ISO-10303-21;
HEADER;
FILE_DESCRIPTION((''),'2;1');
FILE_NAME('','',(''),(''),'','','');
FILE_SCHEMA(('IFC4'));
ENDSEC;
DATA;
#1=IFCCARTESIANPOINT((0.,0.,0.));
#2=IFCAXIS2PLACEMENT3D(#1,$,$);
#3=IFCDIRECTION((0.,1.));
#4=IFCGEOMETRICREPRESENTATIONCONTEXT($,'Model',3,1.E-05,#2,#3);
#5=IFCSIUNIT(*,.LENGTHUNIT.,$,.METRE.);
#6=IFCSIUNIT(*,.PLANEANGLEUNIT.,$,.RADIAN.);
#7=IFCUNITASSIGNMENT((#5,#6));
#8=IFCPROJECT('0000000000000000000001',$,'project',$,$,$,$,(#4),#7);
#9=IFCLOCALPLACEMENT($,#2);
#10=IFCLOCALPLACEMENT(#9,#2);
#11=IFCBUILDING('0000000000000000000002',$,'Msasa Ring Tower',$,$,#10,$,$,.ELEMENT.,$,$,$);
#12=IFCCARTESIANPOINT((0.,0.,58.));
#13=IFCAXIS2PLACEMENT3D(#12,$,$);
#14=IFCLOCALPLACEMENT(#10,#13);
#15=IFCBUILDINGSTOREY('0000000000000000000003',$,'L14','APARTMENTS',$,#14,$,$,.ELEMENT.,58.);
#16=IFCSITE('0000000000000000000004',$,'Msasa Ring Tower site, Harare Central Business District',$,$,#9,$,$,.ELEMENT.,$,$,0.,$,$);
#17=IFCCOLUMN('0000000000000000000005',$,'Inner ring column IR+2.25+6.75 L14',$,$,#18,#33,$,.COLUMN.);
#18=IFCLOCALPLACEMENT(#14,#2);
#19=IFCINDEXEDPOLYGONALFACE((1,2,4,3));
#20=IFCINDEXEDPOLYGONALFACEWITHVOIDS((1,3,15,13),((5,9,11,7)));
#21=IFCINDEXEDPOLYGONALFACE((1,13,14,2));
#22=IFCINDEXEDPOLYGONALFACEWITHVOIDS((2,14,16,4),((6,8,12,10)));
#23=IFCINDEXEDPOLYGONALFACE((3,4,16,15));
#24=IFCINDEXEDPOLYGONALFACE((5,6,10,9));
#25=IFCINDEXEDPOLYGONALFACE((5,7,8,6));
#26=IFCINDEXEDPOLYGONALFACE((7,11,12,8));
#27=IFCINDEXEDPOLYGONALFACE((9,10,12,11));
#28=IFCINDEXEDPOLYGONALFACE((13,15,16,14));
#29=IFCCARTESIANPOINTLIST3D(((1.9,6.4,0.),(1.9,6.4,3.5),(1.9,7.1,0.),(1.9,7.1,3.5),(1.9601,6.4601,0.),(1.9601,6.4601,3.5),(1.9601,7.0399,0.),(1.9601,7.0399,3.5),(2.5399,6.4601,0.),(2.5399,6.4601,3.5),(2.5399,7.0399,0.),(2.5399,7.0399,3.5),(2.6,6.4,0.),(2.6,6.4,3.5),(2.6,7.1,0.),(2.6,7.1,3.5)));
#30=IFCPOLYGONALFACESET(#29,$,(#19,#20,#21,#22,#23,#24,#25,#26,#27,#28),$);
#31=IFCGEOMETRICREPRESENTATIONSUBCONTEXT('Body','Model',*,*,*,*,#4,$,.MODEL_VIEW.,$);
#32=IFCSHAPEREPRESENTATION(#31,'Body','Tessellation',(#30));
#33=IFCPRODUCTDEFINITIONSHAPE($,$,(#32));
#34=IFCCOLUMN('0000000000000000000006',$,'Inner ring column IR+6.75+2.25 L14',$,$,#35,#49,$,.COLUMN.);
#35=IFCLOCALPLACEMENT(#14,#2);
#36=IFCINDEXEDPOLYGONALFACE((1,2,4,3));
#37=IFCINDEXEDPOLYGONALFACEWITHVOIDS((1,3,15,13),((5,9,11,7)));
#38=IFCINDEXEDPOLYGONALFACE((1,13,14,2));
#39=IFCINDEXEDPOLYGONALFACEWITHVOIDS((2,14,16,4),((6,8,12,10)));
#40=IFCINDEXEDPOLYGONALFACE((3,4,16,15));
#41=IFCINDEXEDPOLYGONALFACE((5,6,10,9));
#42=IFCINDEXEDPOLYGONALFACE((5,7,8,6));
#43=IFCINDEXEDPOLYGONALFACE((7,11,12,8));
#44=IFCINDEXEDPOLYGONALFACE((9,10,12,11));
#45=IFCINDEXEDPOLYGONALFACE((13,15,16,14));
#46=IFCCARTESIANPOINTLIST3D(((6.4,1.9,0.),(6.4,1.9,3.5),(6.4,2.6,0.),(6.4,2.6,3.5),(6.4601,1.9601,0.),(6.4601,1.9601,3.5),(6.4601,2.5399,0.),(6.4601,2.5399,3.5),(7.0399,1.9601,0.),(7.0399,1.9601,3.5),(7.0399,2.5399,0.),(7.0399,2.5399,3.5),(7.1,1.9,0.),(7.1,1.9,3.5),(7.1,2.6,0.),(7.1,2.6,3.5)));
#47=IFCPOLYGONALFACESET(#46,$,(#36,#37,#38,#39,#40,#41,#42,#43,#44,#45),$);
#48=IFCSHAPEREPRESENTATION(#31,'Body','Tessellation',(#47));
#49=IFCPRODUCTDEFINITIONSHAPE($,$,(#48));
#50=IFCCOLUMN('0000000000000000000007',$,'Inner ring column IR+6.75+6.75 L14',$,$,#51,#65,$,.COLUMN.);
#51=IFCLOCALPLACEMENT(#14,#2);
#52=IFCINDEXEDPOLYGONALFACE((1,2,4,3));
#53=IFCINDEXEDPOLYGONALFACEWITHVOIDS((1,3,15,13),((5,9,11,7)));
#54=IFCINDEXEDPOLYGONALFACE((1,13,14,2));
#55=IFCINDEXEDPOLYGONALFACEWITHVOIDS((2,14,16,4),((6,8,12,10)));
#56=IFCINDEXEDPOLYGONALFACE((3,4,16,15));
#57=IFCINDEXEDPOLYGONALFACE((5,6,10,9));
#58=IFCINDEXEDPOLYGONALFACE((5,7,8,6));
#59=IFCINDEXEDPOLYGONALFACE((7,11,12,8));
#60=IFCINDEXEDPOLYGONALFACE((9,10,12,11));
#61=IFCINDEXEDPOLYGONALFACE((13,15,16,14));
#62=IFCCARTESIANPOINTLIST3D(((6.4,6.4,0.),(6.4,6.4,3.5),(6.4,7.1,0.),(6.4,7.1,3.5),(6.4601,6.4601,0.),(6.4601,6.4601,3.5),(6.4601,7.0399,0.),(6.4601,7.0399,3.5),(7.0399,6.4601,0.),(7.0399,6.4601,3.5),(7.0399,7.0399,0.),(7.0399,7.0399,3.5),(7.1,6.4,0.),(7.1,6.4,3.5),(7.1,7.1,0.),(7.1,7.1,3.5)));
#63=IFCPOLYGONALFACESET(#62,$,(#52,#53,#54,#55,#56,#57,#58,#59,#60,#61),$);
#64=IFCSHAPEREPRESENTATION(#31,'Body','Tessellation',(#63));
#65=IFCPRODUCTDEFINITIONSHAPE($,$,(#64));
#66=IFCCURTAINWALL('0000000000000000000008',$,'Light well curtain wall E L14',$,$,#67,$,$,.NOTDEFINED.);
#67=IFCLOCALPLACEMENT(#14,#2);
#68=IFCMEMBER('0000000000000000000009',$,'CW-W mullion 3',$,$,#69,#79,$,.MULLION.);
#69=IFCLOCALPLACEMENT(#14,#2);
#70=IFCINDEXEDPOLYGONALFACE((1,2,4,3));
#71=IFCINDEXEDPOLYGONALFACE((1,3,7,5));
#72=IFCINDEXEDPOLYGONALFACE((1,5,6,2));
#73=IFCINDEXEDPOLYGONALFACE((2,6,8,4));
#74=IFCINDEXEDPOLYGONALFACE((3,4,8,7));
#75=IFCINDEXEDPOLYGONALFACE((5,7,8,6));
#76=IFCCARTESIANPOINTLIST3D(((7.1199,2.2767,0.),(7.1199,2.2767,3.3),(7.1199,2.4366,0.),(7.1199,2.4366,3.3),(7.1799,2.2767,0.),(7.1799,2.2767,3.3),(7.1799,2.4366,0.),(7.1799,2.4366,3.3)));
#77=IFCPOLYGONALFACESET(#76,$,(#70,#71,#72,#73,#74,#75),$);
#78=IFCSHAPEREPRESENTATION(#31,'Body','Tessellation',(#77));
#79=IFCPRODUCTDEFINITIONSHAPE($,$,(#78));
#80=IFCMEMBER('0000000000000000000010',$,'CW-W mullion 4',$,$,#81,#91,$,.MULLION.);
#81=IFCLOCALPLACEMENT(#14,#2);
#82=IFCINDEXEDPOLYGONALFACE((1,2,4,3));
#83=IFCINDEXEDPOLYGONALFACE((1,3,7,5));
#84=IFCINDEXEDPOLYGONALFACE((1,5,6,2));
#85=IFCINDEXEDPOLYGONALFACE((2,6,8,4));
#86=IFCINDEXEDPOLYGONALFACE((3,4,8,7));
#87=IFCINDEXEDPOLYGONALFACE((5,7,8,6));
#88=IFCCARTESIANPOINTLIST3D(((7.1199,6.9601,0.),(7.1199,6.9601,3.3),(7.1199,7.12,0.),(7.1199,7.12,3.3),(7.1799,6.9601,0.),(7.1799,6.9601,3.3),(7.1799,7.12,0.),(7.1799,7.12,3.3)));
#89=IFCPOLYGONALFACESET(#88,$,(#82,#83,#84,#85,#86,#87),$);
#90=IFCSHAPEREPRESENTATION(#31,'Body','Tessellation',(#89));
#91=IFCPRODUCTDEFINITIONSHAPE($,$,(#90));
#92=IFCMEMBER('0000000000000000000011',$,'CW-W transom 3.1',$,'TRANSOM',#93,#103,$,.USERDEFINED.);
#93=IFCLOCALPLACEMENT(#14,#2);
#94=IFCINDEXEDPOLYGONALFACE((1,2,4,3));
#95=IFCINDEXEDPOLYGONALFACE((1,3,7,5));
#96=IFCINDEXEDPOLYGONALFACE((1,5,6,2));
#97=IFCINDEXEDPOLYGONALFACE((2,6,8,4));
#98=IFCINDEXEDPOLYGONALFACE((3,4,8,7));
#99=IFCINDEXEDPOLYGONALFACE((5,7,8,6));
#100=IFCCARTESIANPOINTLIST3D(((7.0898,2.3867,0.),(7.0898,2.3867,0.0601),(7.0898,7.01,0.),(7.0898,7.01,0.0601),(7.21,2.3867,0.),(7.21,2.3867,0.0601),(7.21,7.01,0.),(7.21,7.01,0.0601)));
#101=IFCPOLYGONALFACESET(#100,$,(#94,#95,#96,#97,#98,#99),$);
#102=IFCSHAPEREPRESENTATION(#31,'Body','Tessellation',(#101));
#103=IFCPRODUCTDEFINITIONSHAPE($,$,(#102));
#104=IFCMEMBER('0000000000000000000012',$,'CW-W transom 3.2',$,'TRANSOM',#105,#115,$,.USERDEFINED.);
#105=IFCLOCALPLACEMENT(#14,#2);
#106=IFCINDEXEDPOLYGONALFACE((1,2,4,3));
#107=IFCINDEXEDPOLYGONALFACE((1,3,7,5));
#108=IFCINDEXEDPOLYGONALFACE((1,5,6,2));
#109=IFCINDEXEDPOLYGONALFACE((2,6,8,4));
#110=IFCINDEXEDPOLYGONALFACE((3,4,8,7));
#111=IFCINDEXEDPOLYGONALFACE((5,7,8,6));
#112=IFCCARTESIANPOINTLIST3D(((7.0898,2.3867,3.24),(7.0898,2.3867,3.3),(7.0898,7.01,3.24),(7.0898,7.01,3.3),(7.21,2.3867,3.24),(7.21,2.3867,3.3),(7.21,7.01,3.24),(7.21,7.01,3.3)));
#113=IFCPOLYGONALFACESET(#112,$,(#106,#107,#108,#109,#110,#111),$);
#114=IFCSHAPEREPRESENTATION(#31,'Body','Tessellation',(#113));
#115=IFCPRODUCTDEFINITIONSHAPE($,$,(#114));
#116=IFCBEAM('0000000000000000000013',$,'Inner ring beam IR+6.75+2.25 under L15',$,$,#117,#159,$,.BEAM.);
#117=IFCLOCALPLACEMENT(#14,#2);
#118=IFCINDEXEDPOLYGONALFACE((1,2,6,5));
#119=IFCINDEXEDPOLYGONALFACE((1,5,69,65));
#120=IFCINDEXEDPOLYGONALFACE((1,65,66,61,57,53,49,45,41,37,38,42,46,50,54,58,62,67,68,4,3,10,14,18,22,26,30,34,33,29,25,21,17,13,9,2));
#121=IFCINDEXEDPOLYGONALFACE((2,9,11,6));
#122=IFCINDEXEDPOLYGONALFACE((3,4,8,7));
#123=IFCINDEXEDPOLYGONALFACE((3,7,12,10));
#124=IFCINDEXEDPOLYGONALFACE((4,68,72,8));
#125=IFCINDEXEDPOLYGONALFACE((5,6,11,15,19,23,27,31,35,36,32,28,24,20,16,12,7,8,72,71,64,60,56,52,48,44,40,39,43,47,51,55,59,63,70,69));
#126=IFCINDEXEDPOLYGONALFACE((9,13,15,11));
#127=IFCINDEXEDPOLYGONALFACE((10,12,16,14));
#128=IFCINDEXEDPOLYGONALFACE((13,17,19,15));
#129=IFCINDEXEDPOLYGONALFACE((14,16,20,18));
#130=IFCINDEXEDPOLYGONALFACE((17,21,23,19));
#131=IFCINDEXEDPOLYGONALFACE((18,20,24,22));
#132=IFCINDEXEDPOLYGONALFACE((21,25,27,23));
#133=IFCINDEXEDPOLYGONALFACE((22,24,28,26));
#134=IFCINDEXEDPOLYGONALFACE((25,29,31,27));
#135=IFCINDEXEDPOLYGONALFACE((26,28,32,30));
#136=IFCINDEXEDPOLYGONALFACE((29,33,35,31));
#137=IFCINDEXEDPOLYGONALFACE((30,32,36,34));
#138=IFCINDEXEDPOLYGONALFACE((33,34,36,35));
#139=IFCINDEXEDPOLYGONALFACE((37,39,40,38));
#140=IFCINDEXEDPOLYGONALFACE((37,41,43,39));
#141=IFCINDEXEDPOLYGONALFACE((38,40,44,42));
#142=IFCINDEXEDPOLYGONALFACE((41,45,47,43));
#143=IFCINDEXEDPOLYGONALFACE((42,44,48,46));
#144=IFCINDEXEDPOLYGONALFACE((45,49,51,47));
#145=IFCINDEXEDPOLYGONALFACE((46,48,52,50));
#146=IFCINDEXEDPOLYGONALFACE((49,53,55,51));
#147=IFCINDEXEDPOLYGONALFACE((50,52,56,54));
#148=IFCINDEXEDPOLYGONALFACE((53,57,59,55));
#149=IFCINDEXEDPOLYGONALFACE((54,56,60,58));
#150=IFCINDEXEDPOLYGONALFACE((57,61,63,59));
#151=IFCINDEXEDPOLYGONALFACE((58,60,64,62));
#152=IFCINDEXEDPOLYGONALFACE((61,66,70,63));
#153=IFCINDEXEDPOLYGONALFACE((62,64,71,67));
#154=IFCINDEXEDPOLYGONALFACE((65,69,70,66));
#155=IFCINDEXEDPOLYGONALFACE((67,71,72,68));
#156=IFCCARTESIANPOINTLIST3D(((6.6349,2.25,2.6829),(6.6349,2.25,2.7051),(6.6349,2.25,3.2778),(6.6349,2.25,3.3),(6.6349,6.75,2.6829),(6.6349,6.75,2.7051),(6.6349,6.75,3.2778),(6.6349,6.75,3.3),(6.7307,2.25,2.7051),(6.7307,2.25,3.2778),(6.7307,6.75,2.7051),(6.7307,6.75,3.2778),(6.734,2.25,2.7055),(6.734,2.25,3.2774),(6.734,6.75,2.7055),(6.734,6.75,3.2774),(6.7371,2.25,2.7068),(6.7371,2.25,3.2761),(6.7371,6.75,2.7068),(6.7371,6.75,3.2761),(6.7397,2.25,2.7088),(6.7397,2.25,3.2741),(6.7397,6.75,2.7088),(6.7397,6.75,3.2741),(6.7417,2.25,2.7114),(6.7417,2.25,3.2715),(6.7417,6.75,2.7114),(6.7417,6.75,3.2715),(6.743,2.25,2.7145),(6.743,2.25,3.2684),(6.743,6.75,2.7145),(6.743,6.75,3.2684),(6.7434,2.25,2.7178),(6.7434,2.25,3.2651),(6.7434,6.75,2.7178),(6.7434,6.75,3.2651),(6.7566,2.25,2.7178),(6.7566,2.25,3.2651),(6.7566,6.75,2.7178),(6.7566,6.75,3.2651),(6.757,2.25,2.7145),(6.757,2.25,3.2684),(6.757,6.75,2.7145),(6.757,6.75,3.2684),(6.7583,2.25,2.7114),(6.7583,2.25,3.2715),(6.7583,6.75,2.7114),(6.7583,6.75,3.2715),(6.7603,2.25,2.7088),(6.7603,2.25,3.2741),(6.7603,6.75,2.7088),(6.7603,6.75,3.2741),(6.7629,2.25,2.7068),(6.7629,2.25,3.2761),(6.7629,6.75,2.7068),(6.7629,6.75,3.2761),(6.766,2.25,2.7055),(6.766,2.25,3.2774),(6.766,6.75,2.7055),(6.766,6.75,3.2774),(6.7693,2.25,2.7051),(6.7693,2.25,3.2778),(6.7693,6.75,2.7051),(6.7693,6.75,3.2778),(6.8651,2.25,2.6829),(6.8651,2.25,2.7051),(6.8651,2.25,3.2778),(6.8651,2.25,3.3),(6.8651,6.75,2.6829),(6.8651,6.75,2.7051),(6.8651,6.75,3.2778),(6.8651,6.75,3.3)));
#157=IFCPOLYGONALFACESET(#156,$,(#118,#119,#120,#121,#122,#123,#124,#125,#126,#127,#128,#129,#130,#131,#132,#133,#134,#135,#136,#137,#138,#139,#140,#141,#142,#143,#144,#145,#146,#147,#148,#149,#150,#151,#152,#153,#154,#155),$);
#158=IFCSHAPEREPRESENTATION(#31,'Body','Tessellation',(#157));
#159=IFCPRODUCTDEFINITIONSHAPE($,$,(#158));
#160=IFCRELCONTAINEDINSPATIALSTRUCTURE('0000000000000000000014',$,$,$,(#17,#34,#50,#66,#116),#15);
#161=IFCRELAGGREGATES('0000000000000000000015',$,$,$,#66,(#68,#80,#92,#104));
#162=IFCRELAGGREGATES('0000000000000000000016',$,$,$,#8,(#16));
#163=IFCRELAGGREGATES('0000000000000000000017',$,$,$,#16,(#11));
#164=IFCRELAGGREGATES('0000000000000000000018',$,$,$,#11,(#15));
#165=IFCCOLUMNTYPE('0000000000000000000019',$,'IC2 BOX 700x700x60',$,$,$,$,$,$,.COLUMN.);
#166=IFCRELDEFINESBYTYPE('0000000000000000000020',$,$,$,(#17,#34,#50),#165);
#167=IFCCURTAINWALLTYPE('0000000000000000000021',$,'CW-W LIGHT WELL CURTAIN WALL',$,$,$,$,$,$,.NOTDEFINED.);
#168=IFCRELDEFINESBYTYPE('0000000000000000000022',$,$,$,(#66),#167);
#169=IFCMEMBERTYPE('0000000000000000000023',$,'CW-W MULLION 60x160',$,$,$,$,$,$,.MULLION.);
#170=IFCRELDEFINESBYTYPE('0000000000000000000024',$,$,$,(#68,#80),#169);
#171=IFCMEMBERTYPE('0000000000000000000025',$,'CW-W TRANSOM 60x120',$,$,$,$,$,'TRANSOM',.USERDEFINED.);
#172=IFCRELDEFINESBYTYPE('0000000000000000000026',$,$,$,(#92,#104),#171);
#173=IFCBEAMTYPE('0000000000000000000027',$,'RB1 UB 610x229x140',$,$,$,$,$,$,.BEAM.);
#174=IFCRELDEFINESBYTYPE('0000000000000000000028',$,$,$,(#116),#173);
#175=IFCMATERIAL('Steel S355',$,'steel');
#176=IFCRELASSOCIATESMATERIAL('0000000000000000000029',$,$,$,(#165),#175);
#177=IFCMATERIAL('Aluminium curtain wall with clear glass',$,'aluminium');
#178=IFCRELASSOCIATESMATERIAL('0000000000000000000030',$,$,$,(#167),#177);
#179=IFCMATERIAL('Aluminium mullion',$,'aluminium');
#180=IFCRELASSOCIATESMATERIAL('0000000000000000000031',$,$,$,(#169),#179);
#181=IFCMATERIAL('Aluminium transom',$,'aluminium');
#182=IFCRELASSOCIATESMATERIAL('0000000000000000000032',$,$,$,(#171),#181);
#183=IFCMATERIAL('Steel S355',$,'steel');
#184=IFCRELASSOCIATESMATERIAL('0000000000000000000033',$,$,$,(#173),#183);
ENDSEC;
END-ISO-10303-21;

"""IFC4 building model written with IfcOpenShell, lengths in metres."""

from ifc_helpers import new_model, si_unit, direction, frame, origin, origin_2d, place, context, subcontext, project, spatial, rectangle, hollow_rectangle, i_section, extrude, material, material_profile, profile_set, type_object, element, aggregate, save


model = new_model("IFC4")

# Units and contexts
model_context = context("Model", 3, precision=1e-05, world=origin(), true_north=direction((0.0, 1.0)))
body_context = subcontext(model_context, "Body", "Model", "MODEL_VIEW")
ifc_project = project(units=[si_unit("LENGTHUNIT", "METRE"), si_unit("PLANEANGLEUNIT", "RADIAN")], contexts=[model_context])

# Site, building, storey
site_placement = place(None, origin())
site = spatial("IfcSite", under=ifc_project, at=site_placement, Name="Msasa Ring Tower site, Harare Central Business District", CompositionType="ELEMENT", RefElevation=0.0)
building_placement = place(site_placement, origin())
building = spatial("IfcBuilding", under=site, at=building_placement, Name="Msasa Ring Tower", CompositionType="ELEMENT")
storey_placement = place(building_placement, frame((0.0, 0.0, 58.0)))
storey = spatial("IfcBuildingStorey", under=building, at=storey_placement, Name="L14", Description="APARTMENTS", CompositionType="ELEMENT", Elevation=58.0)

# Columns
ifc_material_1 = material(Name="Steel S355", Category="steel")
ifc_material_profile_1 = material_profile(ifc_material_1, hollow_rectangle(XDim=0.7, YDim=0.7, WallThickness=0.0601, at=origin_2d()), Name="BOX 700x700x60")
ifc_profile_set_1 = profile_set([ifc_material_profile_1], Name="Steel S355")
column_type = type_object("IfcColumnType", Name="IC2 BOX 700x700x60", PredefinedType="COLUMN", material=ifc_profile_set_1)
for number, where, z_axis, x_axis, name in (
    (1, (2.25, 6.75, 0.0), (0.0, 0.0, 1.0), (1.0, 0.0, 0.0), "Inner ring column IR+2.25+6.75 L14"),
    (2, (6.75, 2.25, 0.0), (0.0, 0.0, 1.0), (1.0, 0.0, 0.0), "Inner ring column IR+6.75+2.25 L14"),
    (3, (6.75, 6.75, 0.0), (0.0, 0.0, 1.0), (1.0, 0.0, 0.0), "Inner ring column IR+6.75+6.75 L14"),
):
    element("IfcColumn", number, at=place(storey_placement, frame(where, z_axis=z_axis, x_axis=x_axis)), inside=storey, type_object=column_type, Name=name, PredefinedType="COLUMN", context=body_context, shape_type="SweptSolid", body=[
        extrude(hollow_rectangle(XDim=0.7, YDim=0.7, WallThickness=0.0601, at=origin_2d()), origin(), (0.0, 0.0, 1.0), 3.5),
    ])

# Curtain wall, members
ifc_material_2 = material(Name="Aluminium curtain wall with clear glass", Category="aluminium")
curtain_wall_type = type_object("IfcCurtainWallType", Name="CW-W LIGHT WELL CURTAIN WALL", PredefinedType="NOTDEFINED", material=ifc_material_2)
curtain_wall_placement = place(storey_placement, origin())
curtain_wall = element("IfcCurtainWall", 4, at=curtain_wall_placement, inside=storey, type_object=curtain_wall_type, Name="Light well curtain wall E L14", PredefinedType="NOTDEFINED")
ifc_material_3 = material(Name="Aluminium mullion", Category="aluminium")
ifc_material_profile_2 = material_profile(ifc_material_3, rectangle(XDim=0.0601, YDim=0.1599, at=origin_2d()), Name="AL 60x160")
ifc_profile_set_2 = profile_set([ifc_material_profile_2], Name="Aluminium mullion")
member_type_1 = type_object("IfcMemberType", Name="CW-W MULLION 60x160", PredefinedType="MULLION", material=ifc_profile_set_2)
member_1_placement = place(storey_placement, frame((7.1499, 2.3567, 0.0), z_axis=(0.0, 0.0, 1.0), x_axis=(-1.0, 0.0, 0.0)))
member_1 = element("IfcMember", 5, at=member_1_placement, type_object=member_type_1, Name="CW-W mullion 3", PredefinedType="MULLION", context=body_context, shape_type="SweptSolid", body=[
    extrude(rectangle(XDim=0.0601, YDim=0.1599, at=origin_2d()), origin(), (0.0, 0.0, 1.0), 3.3),
])
member_2_placement = place(storey_placement, frame((7.1499, 7.04, 0.0), z_axis=(0.0, 0.0, 1.0), x_axis=(-1.0, 0.0, 0.0)))
member_2 = element("IfcMember", 6, at=member_2_placement, type_object=member_type_1, Name="CW-W mullion 4", PredefinedType="MULLION", context=body_context, shape_type="SweptSolid", body=[
    extrude(rectangle(XDim=0.0601, YDim=0.1599, at=origin_2d()), origin(), (0.0, 0.0, 1.0), 3.3),
])
ifc_material_4 = material(Name="Aluminium transom", Category="aluminium")
ifc_material_profile_3 = material_profile(ifc_material_4, rectangle(XDim=0.1201, YDim=0.0601, at=origin_2d()), Name="AL 60x120")
ifc_profile_set_3 = profile_set([ifc_material_profile_3], Name="Aluminium transom")
member_type_2 = type_object("IfcMemberType", Name="CW-W TRANSOM 60x120", ElementType="TRANSOM", PredefinedType="USERDEFINED", material=ifc_profile_set_3)
member_3_placement = place(storey_placement, frame((7.1499, 2.3867, 0.03), z_axis=(0.0, 1.0, 0.0), x_axis=(-1.0, 0.0, 0.0)))
member_3 = element("IfcMember", 7, at=member_3_placement, type_object=member_type_2, Name="CW-W transom 3.1", ObjectType="TRANSOM", PredefinedType="USERDEFINED", context=body_context, shape_type="SweptSolid", body=[
    extrude(rectangle(XDim=0.1201, YDim=0.0601, at=origin_2d()), origin(), (0.0, 0.0, 1.0), 4.6233),
])
member_4_placement = place(storey_placement, frame((7.1499, 2.3867, 3.27), z_axis=(0.0, 1.0, 0.0), x_axis=(-1.0, 0.0, 0.0)))
member_4 = element("IfcMember", 8, at=member_4_placement, type_object=member_type_2, Name="CW-W transom 3.2", ObjectType="TRANSOM", PredefinedType="USERDEFINED", context=body_context, shape_type="SweptSolid", body=[
    extrude(rectangle(XDim=0.1201, YDim=0.0601, at=origin_2d()), origin(), (0.0, 0.0, 1.0), 4.6233),
])

# Beam
ifc_material_5 = material(Name="Steel S355", Category="steel")
ifc_material_profile_4 = material_profile(ifc_material_5, i_section(OverallWidth=0.2302, OverallDepth=0.6172, WebThickness=0.0132, FlangeThickness=0.0222, FilletRadius=0.0127, at=origin_2d()), Name="UB 610x229x140")
ifc_profile_set_4 = profile_set([ifc_material_profile_4], Name="Steel S355")
beam_type = type_object("IfcBeamType", Name="RB1 UB 610x229x140", PredefinedType="BEAM", material=ifc_profile_set_4)
for number, where, z_axis, x_axis, name in (
    (9, (6.75, 2.25, 2.9915), (0.0, 1.0, 0.0), (-1.0, 0.0, 0.0), "Inner ring beam IR+6.75+2.25 under L15"),
):
    element("IfcBeam", number, at=place(storey_placement, frame(where, z_axis=z_axis, x_axis=x_axis)), inside=storey, type_object=beam_type, Name=name, PredefinedType="BEAM", context=body_context, shape_type="SweptSolid", body=[
        extrude(i_section(OverallWidth=0.2302, OverallDepth=0.6172, WebThickness=0.0132, FlangeThickness=0.0222, FilletRadius=0.0127, at=origin_2d()), origin(), (0.0, 0.0, 1.0), 4.5),
    ])

aggregate(curtain_wall, [member_1, member_2, member_3, member_4])

save(model, "model.ifc")
